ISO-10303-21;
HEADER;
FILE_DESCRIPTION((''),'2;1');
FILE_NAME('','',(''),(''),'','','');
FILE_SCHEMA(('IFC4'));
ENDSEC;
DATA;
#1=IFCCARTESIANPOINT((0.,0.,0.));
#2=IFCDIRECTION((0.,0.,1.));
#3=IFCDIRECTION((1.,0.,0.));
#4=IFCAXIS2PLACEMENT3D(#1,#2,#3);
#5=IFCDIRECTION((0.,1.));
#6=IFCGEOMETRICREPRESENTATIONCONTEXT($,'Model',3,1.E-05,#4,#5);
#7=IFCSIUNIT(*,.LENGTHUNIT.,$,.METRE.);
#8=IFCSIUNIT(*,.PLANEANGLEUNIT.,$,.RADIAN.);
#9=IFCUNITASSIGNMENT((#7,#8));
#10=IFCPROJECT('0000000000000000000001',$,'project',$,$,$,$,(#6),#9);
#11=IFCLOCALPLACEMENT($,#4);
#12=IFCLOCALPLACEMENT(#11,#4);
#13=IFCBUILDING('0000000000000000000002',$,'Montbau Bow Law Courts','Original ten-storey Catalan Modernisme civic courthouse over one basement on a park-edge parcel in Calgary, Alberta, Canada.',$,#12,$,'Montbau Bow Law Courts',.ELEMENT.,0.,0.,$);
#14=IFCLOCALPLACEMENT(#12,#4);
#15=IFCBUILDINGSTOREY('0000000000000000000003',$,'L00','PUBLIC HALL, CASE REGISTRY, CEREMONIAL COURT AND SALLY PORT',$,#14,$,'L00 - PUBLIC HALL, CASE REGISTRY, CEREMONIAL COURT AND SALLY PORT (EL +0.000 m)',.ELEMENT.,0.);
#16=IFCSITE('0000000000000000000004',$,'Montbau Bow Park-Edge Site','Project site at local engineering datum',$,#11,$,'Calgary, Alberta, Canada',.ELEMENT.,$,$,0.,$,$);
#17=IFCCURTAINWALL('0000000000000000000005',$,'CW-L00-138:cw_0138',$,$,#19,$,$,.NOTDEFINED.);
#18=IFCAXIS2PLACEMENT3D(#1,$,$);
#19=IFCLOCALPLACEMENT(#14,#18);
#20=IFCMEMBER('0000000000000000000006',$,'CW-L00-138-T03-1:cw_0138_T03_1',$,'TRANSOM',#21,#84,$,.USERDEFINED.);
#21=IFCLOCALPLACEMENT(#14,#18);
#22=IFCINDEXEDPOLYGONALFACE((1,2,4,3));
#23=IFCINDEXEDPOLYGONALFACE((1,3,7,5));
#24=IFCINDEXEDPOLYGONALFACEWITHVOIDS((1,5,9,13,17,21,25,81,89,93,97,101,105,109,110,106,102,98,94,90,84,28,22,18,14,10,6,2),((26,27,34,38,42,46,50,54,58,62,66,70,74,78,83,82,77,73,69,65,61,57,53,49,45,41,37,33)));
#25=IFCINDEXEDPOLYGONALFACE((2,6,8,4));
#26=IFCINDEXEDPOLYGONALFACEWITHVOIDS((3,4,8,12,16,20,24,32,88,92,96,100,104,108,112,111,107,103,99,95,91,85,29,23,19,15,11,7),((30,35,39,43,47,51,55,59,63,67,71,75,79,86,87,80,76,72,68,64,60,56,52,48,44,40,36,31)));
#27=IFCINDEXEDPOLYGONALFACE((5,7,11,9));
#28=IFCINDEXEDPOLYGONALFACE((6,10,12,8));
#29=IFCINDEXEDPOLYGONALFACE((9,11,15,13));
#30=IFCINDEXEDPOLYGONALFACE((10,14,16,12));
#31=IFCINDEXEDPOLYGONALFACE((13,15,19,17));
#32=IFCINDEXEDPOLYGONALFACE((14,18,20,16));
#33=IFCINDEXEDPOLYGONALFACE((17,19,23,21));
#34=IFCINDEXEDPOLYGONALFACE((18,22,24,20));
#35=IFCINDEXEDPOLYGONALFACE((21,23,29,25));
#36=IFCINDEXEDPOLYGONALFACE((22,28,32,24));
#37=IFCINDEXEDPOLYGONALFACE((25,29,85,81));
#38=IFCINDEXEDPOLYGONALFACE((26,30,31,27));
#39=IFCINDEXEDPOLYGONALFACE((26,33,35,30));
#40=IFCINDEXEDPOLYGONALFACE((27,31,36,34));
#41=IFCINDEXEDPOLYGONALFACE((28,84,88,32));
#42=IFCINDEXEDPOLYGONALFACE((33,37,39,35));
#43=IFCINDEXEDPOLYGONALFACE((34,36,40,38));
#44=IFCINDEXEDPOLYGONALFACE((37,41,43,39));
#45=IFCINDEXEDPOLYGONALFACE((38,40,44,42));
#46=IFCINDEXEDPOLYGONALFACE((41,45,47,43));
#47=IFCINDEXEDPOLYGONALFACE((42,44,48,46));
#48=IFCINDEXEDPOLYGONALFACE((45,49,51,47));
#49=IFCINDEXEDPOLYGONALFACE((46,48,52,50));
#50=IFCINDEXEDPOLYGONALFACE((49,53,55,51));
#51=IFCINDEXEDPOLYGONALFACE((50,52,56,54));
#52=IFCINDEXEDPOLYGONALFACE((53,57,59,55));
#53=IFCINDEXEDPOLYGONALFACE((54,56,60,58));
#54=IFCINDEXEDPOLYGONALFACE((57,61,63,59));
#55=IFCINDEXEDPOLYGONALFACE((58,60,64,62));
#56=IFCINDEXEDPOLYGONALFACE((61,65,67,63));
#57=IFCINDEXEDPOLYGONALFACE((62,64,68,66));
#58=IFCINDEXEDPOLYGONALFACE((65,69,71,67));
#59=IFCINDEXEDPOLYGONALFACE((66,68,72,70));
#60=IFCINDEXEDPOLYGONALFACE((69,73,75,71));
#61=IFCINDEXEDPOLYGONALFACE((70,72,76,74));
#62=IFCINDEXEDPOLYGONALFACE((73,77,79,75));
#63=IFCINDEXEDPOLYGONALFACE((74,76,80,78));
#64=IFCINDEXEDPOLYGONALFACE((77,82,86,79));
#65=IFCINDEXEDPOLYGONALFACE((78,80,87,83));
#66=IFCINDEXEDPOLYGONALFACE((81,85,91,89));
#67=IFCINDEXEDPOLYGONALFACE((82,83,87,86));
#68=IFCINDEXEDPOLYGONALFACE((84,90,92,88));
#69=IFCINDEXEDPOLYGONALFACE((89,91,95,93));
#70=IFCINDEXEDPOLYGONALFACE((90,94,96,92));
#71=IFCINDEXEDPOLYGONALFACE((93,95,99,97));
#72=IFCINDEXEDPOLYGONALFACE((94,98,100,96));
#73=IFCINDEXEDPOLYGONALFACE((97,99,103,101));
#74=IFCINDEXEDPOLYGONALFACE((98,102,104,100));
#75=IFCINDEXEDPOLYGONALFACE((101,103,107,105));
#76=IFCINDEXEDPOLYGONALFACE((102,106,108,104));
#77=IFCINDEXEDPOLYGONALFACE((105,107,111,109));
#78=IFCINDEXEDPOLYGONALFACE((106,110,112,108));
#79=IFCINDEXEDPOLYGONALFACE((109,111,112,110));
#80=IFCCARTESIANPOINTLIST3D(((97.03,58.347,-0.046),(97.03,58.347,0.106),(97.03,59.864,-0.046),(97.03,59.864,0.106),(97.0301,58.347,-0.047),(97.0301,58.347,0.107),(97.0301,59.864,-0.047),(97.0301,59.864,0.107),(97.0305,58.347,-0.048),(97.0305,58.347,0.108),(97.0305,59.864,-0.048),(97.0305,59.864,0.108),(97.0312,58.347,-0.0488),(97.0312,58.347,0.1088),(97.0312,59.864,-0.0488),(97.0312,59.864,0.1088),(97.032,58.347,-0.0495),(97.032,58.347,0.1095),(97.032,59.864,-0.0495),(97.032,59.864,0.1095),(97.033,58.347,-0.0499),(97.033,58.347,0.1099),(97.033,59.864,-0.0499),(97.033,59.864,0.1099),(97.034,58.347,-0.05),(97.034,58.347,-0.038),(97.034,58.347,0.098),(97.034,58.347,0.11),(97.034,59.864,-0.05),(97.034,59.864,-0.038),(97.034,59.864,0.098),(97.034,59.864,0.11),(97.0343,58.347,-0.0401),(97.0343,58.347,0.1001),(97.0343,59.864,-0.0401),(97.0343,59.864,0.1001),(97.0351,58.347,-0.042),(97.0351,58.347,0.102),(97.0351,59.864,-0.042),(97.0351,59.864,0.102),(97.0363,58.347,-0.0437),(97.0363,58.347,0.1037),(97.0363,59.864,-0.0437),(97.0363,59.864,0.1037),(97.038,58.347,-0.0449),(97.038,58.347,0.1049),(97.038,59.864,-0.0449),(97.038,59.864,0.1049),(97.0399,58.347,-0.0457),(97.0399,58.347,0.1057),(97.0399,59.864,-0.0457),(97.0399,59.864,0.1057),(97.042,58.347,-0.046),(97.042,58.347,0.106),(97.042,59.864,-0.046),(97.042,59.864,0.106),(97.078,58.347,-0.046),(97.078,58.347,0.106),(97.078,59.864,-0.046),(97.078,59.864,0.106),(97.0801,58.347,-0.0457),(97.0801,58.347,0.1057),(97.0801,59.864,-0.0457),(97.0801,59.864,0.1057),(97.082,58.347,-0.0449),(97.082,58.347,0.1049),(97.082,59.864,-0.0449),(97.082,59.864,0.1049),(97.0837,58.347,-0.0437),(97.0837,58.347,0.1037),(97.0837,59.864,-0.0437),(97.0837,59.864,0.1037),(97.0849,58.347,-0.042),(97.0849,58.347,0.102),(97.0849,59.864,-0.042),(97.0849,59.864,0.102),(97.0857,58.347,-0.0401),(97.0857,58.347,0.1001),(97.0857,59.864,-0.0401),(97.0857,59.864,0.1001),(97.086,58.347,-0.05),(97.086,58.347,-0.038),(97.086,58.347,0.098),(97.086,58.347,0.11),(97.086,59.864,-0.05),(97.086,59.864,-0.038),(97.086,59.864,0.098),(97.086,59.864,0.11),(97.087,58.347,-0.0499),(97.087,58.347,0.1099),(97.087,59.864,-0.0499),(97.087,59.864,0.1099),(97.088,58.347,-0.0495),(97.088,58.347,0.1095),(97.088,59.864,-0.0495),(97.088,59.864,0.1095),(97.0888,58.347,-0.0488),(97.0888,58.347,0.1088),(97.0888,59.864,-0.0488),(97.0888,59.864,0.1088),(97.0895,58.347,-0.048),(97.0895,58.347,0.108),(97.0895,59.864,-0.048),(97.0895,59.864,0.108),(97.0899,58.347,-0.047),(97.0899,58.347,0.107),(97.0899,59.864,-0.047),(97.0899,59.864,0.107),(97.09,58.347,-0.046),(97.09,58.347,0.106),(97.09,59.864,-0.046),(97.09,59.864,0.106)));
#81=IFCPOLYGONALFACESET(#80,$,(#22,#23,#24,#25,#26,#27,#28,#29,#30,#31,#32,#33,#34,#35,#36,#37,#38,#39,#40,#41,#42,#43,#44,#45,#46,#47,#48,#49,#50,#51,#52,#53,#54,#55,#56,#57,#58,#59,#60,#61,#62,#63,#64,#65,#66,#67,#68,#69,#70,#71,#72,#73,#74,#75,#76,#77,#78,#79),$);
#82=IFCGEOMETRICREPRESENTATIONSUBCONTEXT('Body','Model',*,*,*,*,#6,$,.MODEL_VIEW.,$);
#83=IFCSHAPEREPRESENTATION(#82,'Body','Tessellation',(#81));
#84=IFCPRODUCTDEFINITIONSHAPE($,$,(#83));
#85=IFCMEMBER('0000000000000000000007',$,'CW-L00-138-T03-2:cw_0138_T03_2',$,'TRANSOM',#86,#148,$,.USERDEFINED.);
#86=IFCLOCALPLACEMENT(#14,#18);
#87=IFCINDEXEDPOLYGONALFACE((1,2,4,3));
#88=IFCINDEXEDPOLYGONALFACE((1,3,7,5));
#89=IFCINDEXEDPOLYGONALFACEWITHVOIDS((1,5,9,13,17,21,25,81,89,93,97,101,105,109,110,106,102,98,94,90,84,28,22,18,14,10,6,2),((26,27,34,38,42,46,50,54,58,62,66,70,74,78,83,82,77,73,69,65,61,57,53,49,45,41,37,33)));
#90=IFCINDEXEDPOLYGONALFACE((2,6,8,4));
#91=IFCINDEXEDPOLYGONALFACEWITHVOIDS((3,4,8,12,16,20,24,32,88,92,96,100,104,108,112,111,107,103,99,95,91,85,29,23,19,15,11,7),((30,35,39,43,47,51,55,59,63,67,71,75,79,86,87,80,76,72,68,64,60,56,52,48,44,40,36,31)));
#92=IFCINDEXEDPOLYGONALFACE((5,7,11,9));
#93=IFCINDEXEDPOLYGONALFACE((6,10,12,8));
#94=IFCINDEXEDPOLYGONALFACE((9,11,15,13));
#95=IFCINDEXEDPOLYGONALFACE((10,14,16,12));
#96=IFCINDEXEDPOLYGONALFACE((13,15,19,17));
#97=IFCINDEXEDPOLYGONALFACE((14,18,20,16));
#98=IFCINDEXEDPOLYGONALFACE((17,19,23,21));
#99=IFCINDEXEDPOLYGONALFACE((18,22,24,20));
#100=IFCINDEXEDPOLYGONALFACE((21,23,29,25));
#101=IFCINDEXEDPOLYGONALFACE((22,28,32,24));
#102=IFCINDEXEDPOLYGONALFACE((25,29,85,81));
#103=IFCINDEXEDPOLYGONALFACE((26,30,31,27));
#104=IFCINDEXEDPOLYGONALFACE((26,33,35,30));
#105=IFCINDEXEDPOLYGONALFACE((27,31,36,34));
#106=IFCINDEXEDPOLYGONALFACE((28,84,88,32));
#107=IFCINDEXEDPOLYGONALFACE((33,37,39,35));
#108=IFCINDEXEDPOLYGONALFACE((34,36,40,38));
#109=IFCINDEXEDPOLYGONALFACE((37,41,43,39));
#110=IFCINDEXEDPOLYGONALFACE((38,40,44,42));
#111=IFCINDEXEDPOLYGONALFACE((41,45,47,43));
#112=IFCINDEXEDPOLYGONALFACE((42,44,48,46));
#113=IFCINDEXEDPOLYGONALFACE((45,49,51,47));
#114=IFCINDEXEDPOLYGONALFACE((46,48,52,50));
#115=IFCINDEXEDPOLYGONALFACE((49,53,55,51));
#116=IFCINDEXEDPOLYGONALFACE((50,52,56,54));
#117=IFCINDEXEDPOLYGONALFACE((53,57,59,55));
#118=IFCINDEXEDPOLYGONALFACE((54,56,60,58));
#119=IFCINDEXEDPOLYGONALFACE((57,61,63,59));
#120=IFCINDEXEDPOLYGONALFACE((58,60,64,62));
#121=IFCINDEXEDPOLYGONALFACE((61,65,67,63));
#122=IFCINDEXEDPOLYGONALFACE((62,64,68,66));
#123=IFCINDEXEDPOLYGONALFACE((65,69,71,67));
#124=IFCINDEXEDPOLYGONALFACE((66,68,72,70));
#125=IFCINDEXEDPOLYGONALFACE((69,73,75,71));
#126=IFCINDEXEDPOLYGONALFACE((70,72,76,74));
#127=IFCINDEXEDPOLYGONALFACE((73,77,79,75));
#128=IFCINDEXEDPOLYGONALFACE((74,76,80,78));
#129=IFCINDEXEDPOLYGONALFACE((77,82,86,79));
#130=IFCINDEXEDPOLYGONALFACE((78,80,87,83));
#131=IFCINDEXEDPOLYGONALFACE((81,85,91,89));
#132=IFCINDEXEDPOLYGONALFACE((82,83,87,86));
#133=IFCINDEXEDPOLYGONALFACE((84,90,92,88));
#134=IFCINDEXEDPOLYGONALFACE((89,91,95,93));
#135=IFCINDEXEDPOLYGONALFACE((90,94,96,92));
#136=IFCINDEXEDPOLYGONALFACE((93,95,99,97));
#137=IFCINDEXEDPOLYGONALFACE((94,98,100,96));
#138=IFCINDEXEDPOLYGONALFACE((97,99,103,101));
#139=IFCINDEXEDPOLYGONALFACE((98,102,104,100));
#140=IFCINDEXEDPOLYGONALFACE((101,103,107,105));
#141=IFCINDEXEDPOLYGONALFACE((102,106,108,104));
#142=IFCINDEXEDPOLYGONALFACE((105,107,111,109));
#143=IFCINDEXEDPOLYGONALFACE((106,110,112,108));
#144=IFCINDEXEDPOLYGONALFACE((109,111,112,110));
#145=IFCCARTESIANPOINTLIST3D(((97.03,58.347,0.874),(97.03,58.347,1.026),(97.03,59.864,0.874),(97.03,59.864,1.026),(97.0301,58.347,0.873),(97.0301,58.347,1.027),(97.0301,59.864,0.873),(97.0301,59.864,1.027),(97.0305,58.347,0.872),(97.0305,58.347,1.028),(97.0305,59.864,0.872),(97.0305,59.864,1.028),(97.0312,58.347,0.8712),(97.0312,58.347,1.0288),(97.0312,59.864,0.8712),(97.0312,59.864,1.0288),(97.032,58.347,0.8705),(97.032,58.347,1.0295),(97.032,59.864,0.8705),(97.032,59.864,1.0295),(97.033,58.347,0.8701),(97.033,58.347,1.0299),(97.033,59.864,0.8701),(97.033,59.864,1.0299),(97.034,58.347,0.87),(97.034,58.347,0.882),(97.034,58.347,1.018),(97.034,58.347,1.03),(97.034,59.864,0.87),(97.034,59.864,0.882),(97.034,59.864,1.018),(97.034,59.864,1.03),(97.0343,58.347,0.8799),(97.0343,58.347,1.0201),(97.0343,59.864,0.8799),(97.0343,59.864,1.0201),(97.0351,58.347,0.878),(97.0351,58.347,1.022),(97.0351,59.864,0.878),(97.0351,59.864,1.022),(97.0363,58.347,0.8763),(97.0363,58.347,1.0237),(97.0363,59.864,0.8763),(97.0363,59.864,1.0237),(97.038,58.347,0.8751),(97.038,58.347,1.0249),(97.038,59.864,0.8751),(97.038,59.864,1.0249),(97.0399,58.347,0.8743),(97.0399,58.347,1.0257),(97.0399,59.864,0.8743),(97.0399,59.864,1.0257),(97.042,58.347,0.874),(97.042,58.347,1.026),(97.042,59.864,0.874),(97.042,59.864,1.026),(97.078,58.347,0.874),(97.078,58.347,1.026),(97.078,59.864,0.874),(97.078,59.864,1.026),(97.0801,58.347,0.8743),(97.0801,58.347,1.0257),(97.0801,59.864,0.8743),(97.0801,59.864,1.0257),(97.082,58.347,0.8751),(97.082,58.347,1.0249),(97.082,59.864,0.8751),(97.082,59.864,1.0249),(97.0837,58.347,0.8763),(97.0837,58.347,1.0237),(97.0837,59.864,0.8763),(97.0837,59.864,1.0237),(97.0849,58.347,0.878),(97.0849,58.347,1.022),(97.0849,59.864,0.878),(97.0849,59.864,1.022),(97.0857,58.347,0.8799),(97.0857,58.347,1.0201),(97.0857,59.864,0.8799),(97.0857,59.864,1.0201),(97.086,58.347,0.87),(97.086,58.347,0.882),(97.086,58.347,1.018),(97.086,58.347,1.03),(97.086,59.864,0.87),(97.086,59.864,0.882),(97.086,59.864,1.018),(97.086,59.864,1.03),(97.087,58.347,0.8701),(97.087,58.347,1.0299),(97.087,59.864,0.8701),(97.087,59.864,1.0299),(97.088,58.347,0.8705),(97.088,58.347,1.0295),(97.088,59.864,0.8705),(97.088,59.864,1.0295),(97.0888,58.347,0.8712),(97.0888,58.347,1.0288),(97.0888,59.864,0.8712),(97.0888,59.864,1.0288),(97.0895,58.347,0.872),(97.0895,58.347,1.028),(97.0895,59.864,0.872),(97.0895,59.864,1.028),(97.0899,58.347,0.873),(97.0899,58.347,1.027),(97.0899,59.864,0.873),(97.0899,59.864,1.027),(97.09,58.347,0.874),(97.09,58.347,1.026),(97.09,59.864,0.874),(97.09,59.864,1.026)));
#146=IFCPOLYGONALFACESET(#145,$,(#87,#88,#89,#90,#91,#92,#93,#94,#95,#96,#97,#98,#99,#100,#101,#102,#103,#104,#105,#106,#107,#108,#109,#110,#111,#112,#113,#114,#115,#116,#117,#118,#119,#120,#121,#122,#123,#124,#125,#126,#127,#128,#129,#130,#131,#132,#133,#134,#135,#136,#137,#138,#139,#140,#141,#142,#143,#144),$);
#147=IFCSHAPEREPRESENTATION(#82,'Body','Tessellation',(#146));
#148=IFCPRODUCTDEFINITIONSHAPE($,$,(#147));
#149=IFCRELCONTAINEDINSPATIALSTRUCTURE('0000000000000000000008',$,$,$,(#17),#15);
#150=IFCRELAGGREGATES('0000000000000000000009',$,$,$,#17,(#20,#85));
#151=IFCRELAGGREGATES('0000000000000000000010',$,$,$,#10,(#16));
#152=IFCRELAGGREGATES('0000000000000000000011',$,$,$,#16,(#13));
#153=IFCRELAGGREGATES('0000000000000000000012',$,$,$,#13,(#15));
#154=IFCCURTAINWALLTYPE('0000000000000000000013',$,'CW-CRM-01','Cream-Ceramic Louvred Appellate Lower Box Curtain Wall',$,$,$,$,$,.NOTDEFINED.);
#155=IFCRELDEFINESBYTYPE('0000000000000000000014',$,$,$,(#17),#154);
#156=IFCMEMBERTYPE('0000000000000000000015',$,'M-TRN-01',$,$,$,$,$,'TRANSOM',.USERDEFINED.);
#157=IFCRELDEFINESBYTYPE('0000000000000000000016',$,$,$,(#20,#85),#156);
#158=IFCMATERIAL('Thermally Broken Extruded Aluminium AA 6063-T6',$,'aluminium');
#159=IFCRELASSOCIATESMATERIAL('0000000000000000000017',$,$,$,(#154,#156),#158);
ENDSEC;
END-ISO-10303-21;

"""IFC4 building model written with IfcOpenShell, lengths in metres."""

from ifc_helpers import new_model, si_unit, direction, frame, origin_with_axes, origin_2d_with_axis, place, context, subcontext, project, spatial, hollow_rectangle, extrude, material, material_profile, profile_set, type_object, element, aggregate, save


model = new_model("IFC4")

# Units and contexts
model_context = context("Model", 3, precision=1e-05, world=origin_with_axes(), true_north=direction((0.0, 1.0)))
body_context = subcontext(model_context, "Body", "Model", "MODEL_VIEW")
ifc_project = project(units=[si_unit("LENGTHUNIT", "METRE"), si_unit("PLANEANGLEUNIT", "RADIAN")], contexts=[model_context])

# Site, building, storey
site_placement = place(None, origin_with_axes())
site = spatial("IfcSite", under=ifc_project, at=site_placement, Name="Montbau Bow Park-Edge Site", Description="Project site at local engineering datum", LongName="Calgary, Alberta, Canada", CompositionType="ELEMENT", RefElevation=0.0)
building_placement = place(site_placement, origin_with_axes())
building = spatial("IfcBuilding", under=site, at=building_placement, Name="Montbau Bow Law Courts", Description="Original ten-storey Catalan Modernisme civic courthouse over one basement on a park-edge parcel in Calgary, Alberta, Canada.", LongName="Montbau Bow Law Courts", CompositionType="ELEMENT", ElevationOfRefHeight=0.0, ElevationOfTerrain=0.0)
storey_placement = place(building_placement, origin_with_axes())
storey = spatial("IfcBuildingStorey", under=building, at=storey_placement, Name="L00", Description="PUBLIC HALL, CASE REGISTRY, CEREMONIAL COURT AND SALLY PORT", LongName="L00 - PUBLIC HALL, CASE REGISTRY, CEREMONIAL COURT AND SALLY PORT (EL +0.000 m)", CompositionType="ELEMENT", Elevation=0.0)

# Curtain wall
ifc_material_1 = material(Name="Thermally Broken Extruded Aluminium AA 6063-T6", Category="aluminium")
curtain_wall_type = type_object("IfcCurtainWallType", Name="CW-CRM-01", Description="Cream-Ceramic Louvred Appellate Lower Box Curtain Wall", PredefinedType="NOTDEFINED", material=ifc_material_1)
curtain_wall_1_placement = place(None, frame((97.06, 55.115, 0.0), z_axis=(0.0, 0.0, 1.0), x_axis=(1.0, 0.0, 0.0)))
curtain_wall_1 = element("IfcCurtainWall", 1, at=curtain_wall_1_placement, inside=storey, type_object=curtain_wall_type, Name="CW-L00-138:cw_0138", PredefinedType="NOTDEFINED")

# Members
ifc_material_profile_1 = material_profile(ifc_material_1, hollow_rectangle(XDim=0.06, YDim=0.16, WallThickness=0.004, InnerFilletRadius=0.008, OuterFilletRadius=0.004, at=origin_2d_with_axis()), Name="CWT-160X60", Category="Main", Priority=0)
ifc_profile_set_1 = profile_set([ifc_material_profile_1], Name="Thermally Broken Extruded Aluminium AA 6063-T6")
member_type_1 = type_object("IfcMemberType", Name="M-TRN-01", ElementType="TRANSOM", PredefinedType="USERDEFINED", material=ifc_profile_set_1)
member_1_placement = place(None, frame((97.06, 58.347, 0.03), z_axis=(0.0, 1.0, 0.0), x_axis=(-1.0, 0.0, 0.0)))
member_1 = element("IfcMember", 2, at=member_1_placement, type_object=member_type_1, Name="CW-L00-138-T03-1:cw_0138_T03_1", ObjectType="TRANSOM", PredefinedType="USERDEFINED", context=body_context, shape_type="SweptSolid", body=[
    extrude(hollow_rectangle(XDim=0.06, YDim=0.16, WallThickness=0.004, InnerFilletRadius=0.008, OuterFilletRadius=0.004, at=origin_2d_with_axis()), origin_with_axes(), (0.0, 0.0, 1.0), 1.517),
])
member_2_placement = place(None, frame((97.06, 58.347, 0.95), z_axis=(0.0, 1.0, 0.0), x_axis=(-1.0, 0.0, 0.0)))
member_2 = element("IfcMember", 3, at=member_2_placement, type_object=member_type_1, Name="CW-L00-138-T03-2:cw_0138_T03_2", ObjectType="TRANSOM", PredefinedType="USERDEFINED", context=body_context, shape_type="SweptSolid", body=[
    extrude(hollow_rectangle(XDim=0.06, YDim=0.16, WallThickness=0.004, InnerFilletRadius=0.008, OuterFilletRadius=0.004, at=origin_2d_with_axis()), origin_with_axes(), (0.0, 0.0, 1.0), 1.517),
])

aggregate(curtain_wall_1, [member_1, member_2])

save(model, "model.ifc")
